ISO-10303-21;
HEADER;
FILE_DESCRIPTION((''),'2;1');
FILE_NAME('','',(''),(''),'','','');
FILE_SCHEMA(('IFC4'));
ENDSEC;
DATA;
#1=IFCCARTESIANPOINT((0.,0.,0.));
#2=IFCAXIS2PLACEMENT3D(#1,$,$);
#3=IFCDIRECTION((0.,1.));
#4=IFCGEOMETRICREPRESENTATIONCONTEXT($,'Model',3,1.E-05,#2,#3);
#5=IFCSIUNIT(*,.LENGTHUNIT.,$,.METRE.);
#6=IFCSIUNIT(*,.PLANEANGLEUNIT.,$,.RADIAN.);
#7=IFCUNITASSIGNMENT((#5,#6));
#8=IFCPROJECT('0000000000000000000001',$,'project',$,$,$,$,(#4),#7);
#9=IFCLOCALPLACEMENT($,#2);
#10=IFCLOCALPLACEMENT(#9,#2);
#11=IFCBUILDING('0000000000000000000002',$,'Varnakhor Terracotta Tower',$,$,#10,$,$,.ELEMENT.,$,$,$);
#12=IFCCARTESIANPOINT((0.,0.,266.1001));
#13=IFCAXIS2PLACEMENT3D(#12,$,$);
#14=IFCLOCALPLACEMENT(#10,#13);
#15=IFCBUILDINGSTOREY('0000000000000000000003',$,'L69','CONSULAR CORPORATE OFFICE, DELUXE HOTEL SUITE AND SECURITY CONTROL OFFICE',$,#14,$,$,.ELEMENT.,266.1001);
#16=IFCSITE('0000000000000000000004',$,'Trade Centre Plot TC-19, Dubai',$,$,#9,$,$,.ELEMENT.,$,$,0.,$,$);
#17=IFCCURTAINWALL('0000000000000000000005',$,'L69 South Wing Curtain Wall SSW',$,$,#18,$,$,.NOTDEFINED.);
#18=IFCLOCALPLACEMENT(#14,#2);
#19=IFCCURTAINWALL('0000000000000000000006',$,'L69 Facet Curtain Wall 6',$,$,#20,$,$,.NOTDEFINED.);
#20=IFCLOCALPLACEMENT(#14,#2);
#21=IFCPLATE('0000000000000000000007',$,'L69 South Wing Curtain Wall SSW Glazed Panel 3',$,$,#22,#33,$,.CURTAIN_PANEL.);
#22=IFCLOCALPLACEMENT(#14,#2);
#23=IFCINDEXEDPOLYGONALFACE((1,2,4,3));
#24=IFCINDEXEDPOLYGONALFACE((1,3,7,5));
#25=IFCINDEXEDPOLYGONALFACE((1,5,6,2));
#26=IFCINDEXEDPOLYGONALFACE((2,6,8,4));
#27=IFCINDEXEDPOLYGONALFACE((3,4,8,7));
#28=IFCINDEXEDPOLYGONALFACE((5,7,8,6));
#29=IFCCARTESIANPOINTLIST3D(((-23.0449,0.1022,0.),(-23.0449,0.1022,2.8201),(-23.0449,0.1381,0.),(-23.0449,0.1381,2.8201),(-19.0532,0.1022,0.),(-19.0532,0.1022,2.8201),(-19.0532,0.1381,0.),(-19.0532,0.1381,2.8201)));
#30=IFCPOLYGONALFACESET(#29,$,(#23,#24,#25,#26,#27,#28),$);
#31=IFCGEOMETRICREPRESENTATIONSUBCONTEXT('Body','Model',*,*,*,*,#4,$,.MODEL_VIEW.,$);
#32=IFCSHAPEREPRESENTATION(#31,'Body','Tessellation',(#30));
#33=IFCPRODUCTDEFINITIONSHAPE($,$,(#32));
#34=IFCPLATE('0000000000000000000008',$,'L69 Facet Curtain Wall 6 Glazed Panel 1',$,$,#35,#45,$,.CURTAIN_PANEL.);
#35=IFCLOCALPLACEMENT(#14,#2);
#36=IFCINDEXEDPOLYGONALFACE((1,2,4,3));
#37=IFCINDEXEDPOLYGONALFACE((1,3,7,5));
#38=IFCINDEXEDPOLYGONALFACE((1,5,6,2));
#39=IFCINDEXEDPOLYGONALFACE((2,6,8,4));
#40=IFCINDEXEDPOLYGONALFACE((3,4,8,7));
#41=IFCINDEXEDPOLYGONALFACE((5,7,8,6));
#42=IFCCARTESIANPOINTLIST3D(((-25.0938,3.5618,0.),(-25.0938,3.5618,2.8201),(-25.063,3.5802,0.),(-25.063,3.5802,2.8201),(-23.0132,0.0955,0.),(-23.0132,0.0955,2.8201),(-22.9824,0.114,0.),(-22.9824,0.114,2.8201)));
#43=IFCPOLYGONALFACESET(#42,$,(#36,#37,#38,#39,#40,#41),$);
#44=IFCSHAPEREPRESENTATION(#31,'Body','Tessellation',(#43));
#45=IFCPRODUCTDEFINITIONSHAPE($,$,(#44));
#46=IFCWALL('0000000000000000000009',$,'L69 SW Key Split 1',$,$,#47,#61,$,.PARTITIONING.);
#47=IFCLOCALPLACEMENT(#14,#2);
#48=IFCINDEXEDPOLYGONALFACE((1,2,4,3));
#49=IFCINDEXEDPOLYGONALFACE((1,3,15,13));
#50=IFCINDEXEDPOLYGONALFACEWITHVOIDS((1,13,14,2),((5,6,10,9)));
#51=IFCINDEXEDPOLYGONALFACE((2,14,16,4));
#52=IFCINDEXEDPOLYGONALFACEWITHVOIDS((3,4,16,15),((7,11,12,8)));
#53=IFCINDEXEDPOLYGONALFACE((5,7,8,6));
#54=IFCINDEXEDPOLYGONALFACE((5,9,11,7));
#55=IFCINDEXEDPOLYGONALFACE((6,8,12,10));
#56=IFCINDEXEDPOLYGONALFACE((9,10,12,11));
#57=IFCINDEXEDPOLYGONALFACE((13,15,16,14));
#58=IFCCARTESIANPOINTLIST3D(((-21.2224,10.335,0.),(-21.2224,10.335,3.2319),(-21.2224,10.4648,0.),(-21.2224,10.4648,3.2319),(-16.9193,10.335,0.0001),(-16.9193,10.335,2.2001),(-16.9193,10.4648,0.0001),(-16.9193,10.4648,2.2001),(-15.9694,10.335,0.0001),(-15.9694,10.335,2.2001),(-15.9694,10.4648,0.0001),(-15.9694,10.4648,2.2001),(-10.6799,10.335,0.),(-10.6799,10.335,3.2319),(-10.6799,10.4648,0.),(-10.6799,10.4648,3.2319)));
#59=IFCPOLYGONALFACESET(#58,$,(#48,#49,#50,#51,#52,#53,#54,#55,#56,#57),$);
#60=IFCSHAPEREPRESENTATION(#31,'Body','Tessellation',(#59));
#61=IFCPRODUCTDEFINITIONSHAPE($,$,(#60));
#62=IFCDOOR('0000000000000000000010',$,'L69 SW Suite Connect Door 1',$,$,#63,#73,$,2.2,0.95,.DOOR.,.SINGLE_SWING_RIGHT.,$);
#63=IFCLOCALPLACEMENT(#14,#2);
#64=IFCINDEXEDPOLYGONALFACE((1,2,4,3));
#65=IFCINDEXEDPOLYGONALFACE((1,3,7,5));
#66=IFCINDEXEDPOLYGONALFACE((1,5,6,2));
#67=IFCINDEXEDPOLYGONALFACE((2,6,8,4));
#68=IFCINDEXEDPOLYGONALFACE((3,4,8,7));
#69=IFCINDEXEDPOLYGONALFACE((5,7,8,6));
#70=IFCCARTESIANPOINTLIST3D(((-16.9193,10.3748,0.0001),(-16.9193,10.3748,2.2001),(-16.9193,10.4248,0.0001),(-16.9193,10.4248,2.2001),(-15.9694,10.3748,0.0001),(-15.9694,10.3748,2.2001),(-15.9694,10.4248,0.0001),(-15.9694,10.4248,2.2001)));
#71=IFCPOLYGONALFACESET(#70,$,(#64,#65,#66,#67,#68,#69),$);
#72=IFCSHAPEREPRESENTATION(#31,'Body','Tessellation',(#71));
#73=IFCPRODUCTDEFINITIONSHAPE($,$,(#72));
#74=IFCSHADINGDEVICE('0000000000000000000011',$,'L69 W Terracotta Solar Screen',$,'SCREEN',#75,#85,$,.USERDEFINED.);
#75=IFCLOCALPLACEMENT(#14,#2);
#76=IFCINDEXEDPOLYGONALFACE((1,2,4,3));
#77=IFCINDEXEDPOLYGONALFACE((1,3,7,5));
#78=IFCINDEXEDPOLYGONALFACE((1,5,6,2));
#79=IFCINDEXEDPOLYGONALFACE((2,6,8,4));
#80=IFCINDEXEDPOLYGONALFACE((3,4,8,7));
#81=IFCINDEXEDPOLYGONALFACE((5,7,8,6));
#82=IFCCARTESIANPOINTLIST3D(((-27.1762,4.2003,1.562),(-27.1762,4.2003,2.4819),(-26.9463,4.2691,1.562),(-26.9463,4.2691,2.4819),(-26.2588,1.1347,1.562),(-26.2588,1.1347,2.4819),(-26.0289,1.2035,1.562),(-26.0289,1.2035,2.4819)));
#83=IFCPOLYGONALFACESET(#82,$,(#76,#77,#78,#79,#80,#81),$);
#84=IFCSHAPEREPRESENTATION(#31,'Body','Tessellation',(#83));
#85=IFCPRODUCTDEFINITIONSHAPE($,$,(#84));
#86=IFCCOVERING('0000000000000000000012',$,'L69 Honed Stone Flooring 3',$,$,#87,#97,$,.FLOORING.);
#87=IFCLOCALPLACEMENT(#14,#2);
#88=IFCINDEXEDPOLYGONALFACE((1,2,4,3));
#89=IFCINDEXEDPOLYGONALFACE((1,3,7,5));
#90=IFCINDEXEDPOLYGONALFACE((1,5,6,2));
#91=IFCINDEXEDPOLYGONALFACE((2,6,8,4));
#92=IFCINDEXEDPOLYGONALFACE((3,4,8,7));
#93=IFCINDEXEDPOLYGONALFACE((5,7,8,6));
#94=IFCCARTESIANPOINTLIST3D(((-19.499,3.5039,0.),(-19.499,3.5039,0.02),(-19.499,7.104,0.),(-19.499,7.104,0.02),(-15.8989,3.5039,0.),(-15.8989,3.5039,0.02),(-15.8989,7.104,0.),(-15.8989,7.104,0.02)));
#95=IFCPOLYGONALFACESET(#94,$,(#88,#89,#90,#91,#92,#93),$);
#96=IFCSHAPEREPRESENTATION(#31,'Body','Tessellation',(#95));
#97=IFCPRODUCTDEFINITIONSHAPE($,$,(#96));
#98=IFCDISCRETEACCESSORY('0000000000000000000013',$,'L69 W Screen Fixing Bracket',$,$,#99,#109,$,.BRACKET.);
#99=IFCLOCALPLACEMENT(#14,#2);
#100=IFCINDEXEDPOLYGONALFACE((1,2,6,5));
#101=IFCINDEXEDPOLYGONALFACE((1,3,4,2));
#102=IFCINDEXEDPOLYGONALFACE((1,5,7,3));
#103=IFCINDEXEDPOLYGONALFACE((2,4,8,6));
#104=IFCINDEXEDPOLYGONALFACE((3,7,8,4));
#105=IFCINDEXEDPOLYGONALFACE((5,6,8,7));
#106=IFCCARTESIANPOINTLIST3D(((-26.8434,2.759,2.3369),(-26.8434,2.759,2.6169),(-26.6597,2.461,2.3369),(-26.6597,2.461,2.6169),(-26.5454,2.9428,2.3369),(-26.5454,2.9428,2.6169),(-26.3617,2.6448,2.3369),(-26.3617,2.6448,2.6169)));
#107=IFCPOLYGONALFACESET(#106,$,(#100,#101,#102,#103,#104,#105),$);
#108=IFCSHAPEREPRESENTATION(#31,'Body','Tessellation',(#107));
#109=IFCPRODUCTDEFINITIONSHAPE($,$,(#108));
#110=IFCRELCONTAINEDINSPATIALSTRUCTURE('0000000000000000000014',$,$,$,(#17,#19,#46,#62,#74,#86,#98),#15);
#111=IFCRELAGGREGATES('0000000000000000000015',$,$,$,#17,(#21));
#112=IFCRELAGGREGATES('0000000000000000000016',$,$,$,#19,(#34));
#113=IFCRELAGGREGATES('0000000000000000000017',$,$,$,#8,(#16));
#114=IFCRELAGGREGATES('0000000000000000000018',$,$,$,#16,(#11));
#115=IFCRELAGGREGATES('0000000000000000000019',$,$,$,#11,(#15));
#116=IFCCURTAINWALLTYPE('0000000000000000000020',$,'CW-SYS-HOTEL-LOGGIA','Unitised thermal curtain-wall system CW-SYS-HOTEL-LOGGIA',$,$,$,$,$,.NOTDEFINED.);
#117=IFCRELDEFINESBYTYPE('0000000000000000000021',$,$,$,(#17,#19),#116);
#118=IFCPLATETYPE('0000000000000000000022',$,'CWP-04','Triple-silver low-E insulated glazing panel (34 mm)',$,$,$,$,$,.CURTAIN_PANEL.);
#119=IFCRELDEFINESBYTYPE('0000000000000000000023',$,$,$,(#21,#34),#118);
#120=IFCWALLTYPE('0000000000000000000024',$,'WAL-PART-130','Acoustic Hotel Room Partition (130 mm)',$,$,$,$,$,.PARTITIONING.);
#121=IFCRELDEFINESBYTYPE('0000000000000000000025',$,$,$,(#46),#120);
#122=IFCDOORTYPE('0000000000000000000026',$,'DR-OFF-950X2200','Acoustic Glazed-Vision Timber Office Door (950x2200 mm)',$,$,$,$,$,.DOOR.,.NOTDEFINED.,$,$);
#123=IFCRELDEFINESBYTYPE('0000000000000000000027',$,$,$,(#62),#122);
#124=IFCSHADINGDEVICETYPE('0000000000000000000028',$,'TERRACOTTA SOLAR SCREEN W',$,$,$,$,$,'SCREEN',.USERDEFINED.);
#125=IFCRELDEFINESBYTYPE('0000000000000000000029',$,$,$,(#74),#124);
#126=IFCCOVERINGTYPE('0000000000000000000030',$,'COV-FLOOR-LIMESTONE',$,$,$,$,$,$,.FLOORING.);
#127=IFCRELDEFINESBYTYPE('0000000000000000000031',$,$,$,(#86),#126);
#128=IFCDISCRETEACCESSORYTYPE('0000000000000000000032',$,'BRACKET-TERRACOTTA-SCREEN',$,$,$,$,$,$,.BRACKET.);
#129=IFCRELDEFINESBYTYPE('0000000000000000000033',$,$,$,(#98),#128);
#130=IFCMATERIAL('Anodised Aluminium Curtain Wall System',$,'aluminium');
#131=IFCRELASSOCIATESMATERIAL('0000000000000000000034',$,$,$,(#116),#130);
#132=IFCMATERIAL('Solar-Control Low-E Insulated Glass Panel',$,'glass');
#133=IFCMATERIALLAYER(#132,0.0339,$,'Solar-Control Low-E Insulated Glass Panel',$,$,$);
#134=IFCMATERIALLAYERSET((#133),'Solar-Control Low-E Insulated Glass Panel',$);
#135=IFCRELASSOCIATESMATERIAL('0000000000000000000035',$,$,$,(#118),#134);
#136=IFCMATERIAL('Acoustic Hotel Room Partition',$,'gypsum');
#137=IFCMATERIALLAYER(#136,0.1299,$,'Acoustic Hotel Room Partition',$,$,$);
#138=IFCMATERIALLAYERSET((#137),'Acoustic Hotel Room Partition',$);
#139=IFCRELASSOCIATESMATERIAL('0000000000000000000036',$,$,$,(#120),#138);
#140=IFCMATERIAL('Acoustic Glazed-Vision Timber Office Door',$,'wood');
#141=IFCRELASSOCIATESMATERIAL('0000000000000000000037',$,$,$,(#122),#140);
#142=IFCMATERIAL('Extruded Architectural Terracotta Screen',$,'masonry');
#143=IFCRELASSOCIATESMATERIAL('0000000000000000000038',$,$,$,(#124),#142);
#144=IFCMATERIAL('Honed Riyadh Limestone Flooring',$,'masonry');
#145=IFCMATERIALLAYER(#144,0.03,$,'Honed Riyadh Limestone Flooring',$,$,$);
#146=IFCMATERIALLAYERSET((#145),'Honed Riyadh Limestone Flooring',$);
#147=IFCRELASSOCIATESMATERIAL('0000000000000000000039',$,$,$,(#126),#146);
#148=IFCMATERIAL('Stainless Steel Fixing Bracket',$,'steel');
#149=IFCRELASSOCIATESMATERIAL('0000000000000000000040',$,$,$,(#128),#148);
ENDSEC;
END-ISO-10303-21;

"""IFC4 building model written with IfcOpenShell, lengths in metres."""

from ifc_helpers import new_model, si_unit, direction, frame, frame_2d, origin, origin_2d, place, context, subcontext, project, spatial, rectangle, extrude, source, transform, mapped, material, layer, layer_set, type_object, type_shapes, element, fill, aggregate, save


model = new_model("IFC4")

# Units and contexts
model_context = context("Model", 3, precision=1e-05, world=origin(), true_north=direction((0.0, 1.0)))
body_context = subcontext(model_context, "Body", "Model", "MODEL_VIEW")
ifc_project = project(units=[si_unit("LENGTHUNIT", "METRE"), si_unit("PLANEANGLEUNIT", "RADIAN")], contexts=[model_context])

# Site, building, storey
site_placement = place(None, origin())
site = spatial("IfcSite", under=ifc_project, at=site_placement, Name="Trade Centre Plot TC-19, Dubai", CompositionType="ELEMENT", RefElevation=0.0)
building_placement = place(site_placement, origin())
building = spatial("IfcBuilding", under=site, at=building_placement, Name="Varnakhor Terracotta Tower", CompositionType="ELEMENT")
storey_placement = place(building_placement, frame((0.0, 0.0, 266.1001)))
storey = spatial("IfcBuildingStorey", under=building, at=storey_placement, Name="L69", Description="CONSULAR CORPORATE OFFICE, DELUXE HOTEL SUITE AND SECURITY CONTROL OFFICE", CompositionType="ELEMENT", Elevation=266.1001)

# Curtain wall
ifc_material_1 = material(Name="Anodised Aluminium Curtain Wall System", Category="aluminium")
curtain_wall_type = type_object("IfcCurtainWallType", Name="CW-SYS-HOTEL-LOGGIA", Description="Unitised thermal curtain-wall system CW-SYS-HOTEL-LOGGIA", PredefinedType="NOTDEFINED", material=ifc_material_1)
curtain_wall_1_placement = place(storey_placement, origin())
curtain_wall_1 = element("IfcCurtainWall", 1, at=curtain_wall_1_placement, inside=storey, type_object=curtain_wall_type, Name="L69 South Wing Curtain Wall SSW", PredefinedType="NOTDEFINED")

# Curtain wall
curtain_wall_2_placement = place(storey_placement, origin())
curtain_wall_2 = element("IfcCurtainWall", 2, at=curtain_wall_2_placement, inside=storey, type_object=curtain_wall_type, Name="L69 Facet Curtain Wall 6", PredefinedType="NOTDEFINED")

# Plates
ifc_material_2 = material(Name="Solar-Control Low-E Insulated Glass Panel", Category="glass")
ifc_layer_1 = layer(ifc_material_2, 0.0339, Name="Solar-Control Low-E Insulated Glass Panel")
ifc_layer_set_1 = layer_set([ifc_layer_1], Name="Solar-Control Low-E Insulated Glass Panel")
plate_type = type_object("IfcPlateType", Name="CWP-04", Description="Triple-silver low-E insulated glazing panel (34 mm)", PredefinedType="CURTAIN_PANEL", material=ifc_layer_set_1)
shared_shape_1 = source(origin(), body_context, "Body", "SweptSolid", [
    extrude(rectangle(XDim=3.9917, YDim=0.0359, at=origin_2d()), origin(), (0.0, 0.0, 1.0), 2.8201),
])
plate_1_placement = place(storey_placement, frame((-21.0491, 0.1201, 0.0), z_axis=(0.0, 0.0, 1.0), x_axis=(-1.0, 0.0, 0.0)))
plate_1 = element("IfcPlate", 3, at=plate_1_placement, type_object=plate_type, Name="L69 South Wing Curtain Wall SSW Glazed Panel 3", PredefinedType="CURTAIN_PANEL", context=body_context, shape_type="MappedRepresentation", body=[
    mapped(shared_shape_1, transform((0.0, 0.0, 0.0), scale=1.0)),
])
aggregate(curtain_wall_1, [plate_1])
shared_shape_2 = source(origin(), body_context, "Body", "SweptSolid", [
    extrude(rectangle(XDim=4.0427, YDim=0.0359, at=origin_2d()), origin(), (0.0, 0.0, 1.0), 2.8201),
])
plate_2_placement = place(storey_placement, frame((-24.0381, 1.8379, 0.0), z_axis=(0.0, 0.0, 1.0), x_axis=(-0.514649, 0.857401, 0.0)))
plate_2 = element("IfcPlate", 4, at=plate_2_placement, type_object=plate_type, Name="L69 Facet Curtain Wall 6 Glazed Panel 1", PredefinedType="CURTAIN_PANEL", context=body_context, shape_type="MappedRepresentation", body=[
    mapped(shared_shape_2, transform((0.0, 0.0, 0.0), scale=1.0)),
])
aggregate(curtain_wall_2, [plate_2])

# Wall, opening, door
ifc_material_3 = material(Name="Acoustic Hotel Room Partition", Category="gypsum")
ifc_layer_2 = layer(ifc_material_3, 0.1299, Name="Acoustic Hotel Room Partition")
ifc_layer_set_2 = layer_set([ifc_layer_2], Name="Acoustic Hotel Room Partition")
wall_type = type_object("IfcWallType", Name="WAL-PART-130", Description="Acoustic Hotel Room Partition (130 mm)", PredefinedType="PARTITIONING", material=ifc_layer_set_2)
wall_placement = place(storey_placement, frame((-21.2224, 10.3999, 0.0), z_axis=(0.0, 0.0, 1.0), x_axis=(1.0, 0.0, 0.0)))
wall = element("IfcWall", 5, at=wall_placement, inside=storey, type_object=wall_type, Name="L69 SW Key Split 1", PredefinedType="PARTITIONING", context=body_context, shape_type="SweptSolid", body=[
    extrude(rectangle(XDim=10.5425, YDim=0.1299, at=frame_2d((5.2712, 0.0))), origin(), (0.0, 0.0, 1.0), 3.2319),
])
opening_placement = place(wall_placement, frame((4.303, 0.0, 0.0)))
opening = element("IfcOpeningElement", 6, at=opening_placement, cuts=wall, PredefinedType="OPENING", context=body_context, shape_type="SweptSolid", body=[
    extrude(rectangle(XDim=0.95, YDim=2.2, at=frame_2d((0.4751, 1.1001))), frame((0.0, 0.075, 0.0), z_axis=(0.0, -1.0, 0.0), x_axis=(1.0, 0.0, 0.0)), (0.0, 0.0, 1.0), 0.1499),
])
ifc_material_4 = material(Name="Acoustic Glazed-Vision Timber Office Door", Category="wood")
door_type = type_object("IfcDoorType", Name="DR-OFF-950X2200", Description="Acoustic Glazed-Vision Timber Office Door (950x2200 mm)", OperationType="NOTDEFINED", PredefinedType="DOOR", material=ifc_material_4)
shared_shape_3 = source(origin(), body_context, "Body", "SweptSolid", [
    extrude(rectangle(XDim=0.95, YDim=2.2, at=frame_2d((0.4751, 1.1001))), frame((0.0, 0.0249, 0.0), z_axis=(0.0, -1.0, 0.0), x_axis=(1.0, 0.0, 0.0)), (0.0, 0.0, 1.0), 0.05),
])
type_shapes(door_type, [shared_shape_3])
door_placement = place(opening_placement, origin())
door = element("IfcDoor", 7, at=door_placement, inside=storey, type_object=door_type, Name="L69 SW Suite Connect Door 1", OperationType="SINGLE_SWING_RIGHT", OverallHeight=2.2, OverallWidth=0.95, PredefinedType="DOOR", context=body_context, shape_type="MappedRepresentation", body=[
    mapped(shared_shape_3, transform((0.0, 0.0, 0.0), scale=1.0)),
])
fill(opening, door)

# Shading device
ifc_material_5 = material(Name="Extruded Architectural Terracotta Screen", Category="masonry")
shading_device_type = type_object("IfcShadingDeviceType", Name="TERRACOTTA SOLAR SCREEN W", ElementType="SCREEN", PredefinedType="USERDEFINED", material=ifc_material_5)
shared_shape_4 = source(origin(), body_context, "Body", "SweptSolid", [
    extrude(rectangle(XDim=3.2, YDim=0.24, at=origin_2d()), origin(), (0.0, 0.0, 1.0), 0.9199),
])
type_shapes(shading_device_type, [shared_shape_4])
shading_device_placement = place(storey_placement, frame((-26.6025, 2.7019, 1.562), z_axis=(0.0, 0.0, 1.0), x_axis=(0.286708, -0.958018, 0.0)))
element("IfcShadingDevice", 8, at=shading_device_placement, inside=storey, type_object=shading_device_type, Name="L69 W Terracotta Solar Screen", ObjectType="SCREEN", PredefinedType="USERDEFINED", context=body_context, shape_type="MappedRepresentation", body=[
    mapped(shared_shape_4, transform((0.0, 0.0, 0.0), scale=1.0)),
])

# Covering
ifc_material_6 = material(Name="Honed Riyadh Limestone Flooring", Category="masonry")
ifc_layer_3 = layer(ifc_material_6, 0.03, Name="Honed Riyadh Limestone Flooring")
ifc_layer_set_3 = layer_set([ifc_layer_3], Name="Honed Riyadh Limestone Flooring")
covering_type = type_object("IfcCoveringType", Name="COV-FLOOR-LIMESTONE", PredefinedType="FLOORING", material=ifc_layer_set_3)
shared_shape_5 = source(origin(), body_context, "Body", "SweptSolid", [
    extrude(rectangle(XDim=3.6001, YDim=3.6001, at=origin_2d()), origin(), (0.0, 0.0, 1.0), 0.02),
])
covering_placement = place(storey_placement, frame((-17.699, 5.304, 0.0), z_axis=(0.0, 0.0, 1.0), x_axis=(1.0, 0.0, 0.0)))
element("IfcCovering", 9, at=covering_placement, inside=storey, type_object=covering_type, Name="L69 Honed Stone Flooring 3", PredefinedType="FLOORING", context=body_context, shape_type="MappedRepresentation", body=[
    mapped(shared_shape_5, transform((0.0, 0.0, 0.0), scale=1.0)),
])

# Discrete accessory
ifc_material_7 = material(Name="Stainless Steel Fixing Bracket", Category="steel")
discrete_accessory_type = type_object("IfcDiscreteAccessoryType", Name="BRACKET-TERRACOTTA-SCREEN", PredefinedType="BRACKET", material=ifc_material_7)
shared_shape_6 = source(origin(), body_context, "Body", "SweptSolid", [
    extrude(rectangle(XDim=0.3501, YDim=0.3501, at=origin_2d()), origin(), (0.0, 0.0, 1.0), 0.28),
])
type_shapes(discrete_accessory_type, [shared_shape_6])
discrete_accessory_placement = place(storey_placement, frame((-26.6025, 2.7019, 2.3369), z_axis=(0.0, 0.0, 1.0), x_axis=(0.524892, -0.851169, 0.0)))
element("IfcDiscreteAccessory", 10, at=discrete_accessory_placement, inside=storey, type_object=discrete_accessory_type, Name="L69 W Screen Fixing Bracket", PredefinedType="BRACKET", context=body_context, shape_type="MappedRepresentation", body=[
    mapped(shared_shape_6, transform((0.0, 0.0, 0.0), scale=1.0)),
])

save(model, "model.ifc")
